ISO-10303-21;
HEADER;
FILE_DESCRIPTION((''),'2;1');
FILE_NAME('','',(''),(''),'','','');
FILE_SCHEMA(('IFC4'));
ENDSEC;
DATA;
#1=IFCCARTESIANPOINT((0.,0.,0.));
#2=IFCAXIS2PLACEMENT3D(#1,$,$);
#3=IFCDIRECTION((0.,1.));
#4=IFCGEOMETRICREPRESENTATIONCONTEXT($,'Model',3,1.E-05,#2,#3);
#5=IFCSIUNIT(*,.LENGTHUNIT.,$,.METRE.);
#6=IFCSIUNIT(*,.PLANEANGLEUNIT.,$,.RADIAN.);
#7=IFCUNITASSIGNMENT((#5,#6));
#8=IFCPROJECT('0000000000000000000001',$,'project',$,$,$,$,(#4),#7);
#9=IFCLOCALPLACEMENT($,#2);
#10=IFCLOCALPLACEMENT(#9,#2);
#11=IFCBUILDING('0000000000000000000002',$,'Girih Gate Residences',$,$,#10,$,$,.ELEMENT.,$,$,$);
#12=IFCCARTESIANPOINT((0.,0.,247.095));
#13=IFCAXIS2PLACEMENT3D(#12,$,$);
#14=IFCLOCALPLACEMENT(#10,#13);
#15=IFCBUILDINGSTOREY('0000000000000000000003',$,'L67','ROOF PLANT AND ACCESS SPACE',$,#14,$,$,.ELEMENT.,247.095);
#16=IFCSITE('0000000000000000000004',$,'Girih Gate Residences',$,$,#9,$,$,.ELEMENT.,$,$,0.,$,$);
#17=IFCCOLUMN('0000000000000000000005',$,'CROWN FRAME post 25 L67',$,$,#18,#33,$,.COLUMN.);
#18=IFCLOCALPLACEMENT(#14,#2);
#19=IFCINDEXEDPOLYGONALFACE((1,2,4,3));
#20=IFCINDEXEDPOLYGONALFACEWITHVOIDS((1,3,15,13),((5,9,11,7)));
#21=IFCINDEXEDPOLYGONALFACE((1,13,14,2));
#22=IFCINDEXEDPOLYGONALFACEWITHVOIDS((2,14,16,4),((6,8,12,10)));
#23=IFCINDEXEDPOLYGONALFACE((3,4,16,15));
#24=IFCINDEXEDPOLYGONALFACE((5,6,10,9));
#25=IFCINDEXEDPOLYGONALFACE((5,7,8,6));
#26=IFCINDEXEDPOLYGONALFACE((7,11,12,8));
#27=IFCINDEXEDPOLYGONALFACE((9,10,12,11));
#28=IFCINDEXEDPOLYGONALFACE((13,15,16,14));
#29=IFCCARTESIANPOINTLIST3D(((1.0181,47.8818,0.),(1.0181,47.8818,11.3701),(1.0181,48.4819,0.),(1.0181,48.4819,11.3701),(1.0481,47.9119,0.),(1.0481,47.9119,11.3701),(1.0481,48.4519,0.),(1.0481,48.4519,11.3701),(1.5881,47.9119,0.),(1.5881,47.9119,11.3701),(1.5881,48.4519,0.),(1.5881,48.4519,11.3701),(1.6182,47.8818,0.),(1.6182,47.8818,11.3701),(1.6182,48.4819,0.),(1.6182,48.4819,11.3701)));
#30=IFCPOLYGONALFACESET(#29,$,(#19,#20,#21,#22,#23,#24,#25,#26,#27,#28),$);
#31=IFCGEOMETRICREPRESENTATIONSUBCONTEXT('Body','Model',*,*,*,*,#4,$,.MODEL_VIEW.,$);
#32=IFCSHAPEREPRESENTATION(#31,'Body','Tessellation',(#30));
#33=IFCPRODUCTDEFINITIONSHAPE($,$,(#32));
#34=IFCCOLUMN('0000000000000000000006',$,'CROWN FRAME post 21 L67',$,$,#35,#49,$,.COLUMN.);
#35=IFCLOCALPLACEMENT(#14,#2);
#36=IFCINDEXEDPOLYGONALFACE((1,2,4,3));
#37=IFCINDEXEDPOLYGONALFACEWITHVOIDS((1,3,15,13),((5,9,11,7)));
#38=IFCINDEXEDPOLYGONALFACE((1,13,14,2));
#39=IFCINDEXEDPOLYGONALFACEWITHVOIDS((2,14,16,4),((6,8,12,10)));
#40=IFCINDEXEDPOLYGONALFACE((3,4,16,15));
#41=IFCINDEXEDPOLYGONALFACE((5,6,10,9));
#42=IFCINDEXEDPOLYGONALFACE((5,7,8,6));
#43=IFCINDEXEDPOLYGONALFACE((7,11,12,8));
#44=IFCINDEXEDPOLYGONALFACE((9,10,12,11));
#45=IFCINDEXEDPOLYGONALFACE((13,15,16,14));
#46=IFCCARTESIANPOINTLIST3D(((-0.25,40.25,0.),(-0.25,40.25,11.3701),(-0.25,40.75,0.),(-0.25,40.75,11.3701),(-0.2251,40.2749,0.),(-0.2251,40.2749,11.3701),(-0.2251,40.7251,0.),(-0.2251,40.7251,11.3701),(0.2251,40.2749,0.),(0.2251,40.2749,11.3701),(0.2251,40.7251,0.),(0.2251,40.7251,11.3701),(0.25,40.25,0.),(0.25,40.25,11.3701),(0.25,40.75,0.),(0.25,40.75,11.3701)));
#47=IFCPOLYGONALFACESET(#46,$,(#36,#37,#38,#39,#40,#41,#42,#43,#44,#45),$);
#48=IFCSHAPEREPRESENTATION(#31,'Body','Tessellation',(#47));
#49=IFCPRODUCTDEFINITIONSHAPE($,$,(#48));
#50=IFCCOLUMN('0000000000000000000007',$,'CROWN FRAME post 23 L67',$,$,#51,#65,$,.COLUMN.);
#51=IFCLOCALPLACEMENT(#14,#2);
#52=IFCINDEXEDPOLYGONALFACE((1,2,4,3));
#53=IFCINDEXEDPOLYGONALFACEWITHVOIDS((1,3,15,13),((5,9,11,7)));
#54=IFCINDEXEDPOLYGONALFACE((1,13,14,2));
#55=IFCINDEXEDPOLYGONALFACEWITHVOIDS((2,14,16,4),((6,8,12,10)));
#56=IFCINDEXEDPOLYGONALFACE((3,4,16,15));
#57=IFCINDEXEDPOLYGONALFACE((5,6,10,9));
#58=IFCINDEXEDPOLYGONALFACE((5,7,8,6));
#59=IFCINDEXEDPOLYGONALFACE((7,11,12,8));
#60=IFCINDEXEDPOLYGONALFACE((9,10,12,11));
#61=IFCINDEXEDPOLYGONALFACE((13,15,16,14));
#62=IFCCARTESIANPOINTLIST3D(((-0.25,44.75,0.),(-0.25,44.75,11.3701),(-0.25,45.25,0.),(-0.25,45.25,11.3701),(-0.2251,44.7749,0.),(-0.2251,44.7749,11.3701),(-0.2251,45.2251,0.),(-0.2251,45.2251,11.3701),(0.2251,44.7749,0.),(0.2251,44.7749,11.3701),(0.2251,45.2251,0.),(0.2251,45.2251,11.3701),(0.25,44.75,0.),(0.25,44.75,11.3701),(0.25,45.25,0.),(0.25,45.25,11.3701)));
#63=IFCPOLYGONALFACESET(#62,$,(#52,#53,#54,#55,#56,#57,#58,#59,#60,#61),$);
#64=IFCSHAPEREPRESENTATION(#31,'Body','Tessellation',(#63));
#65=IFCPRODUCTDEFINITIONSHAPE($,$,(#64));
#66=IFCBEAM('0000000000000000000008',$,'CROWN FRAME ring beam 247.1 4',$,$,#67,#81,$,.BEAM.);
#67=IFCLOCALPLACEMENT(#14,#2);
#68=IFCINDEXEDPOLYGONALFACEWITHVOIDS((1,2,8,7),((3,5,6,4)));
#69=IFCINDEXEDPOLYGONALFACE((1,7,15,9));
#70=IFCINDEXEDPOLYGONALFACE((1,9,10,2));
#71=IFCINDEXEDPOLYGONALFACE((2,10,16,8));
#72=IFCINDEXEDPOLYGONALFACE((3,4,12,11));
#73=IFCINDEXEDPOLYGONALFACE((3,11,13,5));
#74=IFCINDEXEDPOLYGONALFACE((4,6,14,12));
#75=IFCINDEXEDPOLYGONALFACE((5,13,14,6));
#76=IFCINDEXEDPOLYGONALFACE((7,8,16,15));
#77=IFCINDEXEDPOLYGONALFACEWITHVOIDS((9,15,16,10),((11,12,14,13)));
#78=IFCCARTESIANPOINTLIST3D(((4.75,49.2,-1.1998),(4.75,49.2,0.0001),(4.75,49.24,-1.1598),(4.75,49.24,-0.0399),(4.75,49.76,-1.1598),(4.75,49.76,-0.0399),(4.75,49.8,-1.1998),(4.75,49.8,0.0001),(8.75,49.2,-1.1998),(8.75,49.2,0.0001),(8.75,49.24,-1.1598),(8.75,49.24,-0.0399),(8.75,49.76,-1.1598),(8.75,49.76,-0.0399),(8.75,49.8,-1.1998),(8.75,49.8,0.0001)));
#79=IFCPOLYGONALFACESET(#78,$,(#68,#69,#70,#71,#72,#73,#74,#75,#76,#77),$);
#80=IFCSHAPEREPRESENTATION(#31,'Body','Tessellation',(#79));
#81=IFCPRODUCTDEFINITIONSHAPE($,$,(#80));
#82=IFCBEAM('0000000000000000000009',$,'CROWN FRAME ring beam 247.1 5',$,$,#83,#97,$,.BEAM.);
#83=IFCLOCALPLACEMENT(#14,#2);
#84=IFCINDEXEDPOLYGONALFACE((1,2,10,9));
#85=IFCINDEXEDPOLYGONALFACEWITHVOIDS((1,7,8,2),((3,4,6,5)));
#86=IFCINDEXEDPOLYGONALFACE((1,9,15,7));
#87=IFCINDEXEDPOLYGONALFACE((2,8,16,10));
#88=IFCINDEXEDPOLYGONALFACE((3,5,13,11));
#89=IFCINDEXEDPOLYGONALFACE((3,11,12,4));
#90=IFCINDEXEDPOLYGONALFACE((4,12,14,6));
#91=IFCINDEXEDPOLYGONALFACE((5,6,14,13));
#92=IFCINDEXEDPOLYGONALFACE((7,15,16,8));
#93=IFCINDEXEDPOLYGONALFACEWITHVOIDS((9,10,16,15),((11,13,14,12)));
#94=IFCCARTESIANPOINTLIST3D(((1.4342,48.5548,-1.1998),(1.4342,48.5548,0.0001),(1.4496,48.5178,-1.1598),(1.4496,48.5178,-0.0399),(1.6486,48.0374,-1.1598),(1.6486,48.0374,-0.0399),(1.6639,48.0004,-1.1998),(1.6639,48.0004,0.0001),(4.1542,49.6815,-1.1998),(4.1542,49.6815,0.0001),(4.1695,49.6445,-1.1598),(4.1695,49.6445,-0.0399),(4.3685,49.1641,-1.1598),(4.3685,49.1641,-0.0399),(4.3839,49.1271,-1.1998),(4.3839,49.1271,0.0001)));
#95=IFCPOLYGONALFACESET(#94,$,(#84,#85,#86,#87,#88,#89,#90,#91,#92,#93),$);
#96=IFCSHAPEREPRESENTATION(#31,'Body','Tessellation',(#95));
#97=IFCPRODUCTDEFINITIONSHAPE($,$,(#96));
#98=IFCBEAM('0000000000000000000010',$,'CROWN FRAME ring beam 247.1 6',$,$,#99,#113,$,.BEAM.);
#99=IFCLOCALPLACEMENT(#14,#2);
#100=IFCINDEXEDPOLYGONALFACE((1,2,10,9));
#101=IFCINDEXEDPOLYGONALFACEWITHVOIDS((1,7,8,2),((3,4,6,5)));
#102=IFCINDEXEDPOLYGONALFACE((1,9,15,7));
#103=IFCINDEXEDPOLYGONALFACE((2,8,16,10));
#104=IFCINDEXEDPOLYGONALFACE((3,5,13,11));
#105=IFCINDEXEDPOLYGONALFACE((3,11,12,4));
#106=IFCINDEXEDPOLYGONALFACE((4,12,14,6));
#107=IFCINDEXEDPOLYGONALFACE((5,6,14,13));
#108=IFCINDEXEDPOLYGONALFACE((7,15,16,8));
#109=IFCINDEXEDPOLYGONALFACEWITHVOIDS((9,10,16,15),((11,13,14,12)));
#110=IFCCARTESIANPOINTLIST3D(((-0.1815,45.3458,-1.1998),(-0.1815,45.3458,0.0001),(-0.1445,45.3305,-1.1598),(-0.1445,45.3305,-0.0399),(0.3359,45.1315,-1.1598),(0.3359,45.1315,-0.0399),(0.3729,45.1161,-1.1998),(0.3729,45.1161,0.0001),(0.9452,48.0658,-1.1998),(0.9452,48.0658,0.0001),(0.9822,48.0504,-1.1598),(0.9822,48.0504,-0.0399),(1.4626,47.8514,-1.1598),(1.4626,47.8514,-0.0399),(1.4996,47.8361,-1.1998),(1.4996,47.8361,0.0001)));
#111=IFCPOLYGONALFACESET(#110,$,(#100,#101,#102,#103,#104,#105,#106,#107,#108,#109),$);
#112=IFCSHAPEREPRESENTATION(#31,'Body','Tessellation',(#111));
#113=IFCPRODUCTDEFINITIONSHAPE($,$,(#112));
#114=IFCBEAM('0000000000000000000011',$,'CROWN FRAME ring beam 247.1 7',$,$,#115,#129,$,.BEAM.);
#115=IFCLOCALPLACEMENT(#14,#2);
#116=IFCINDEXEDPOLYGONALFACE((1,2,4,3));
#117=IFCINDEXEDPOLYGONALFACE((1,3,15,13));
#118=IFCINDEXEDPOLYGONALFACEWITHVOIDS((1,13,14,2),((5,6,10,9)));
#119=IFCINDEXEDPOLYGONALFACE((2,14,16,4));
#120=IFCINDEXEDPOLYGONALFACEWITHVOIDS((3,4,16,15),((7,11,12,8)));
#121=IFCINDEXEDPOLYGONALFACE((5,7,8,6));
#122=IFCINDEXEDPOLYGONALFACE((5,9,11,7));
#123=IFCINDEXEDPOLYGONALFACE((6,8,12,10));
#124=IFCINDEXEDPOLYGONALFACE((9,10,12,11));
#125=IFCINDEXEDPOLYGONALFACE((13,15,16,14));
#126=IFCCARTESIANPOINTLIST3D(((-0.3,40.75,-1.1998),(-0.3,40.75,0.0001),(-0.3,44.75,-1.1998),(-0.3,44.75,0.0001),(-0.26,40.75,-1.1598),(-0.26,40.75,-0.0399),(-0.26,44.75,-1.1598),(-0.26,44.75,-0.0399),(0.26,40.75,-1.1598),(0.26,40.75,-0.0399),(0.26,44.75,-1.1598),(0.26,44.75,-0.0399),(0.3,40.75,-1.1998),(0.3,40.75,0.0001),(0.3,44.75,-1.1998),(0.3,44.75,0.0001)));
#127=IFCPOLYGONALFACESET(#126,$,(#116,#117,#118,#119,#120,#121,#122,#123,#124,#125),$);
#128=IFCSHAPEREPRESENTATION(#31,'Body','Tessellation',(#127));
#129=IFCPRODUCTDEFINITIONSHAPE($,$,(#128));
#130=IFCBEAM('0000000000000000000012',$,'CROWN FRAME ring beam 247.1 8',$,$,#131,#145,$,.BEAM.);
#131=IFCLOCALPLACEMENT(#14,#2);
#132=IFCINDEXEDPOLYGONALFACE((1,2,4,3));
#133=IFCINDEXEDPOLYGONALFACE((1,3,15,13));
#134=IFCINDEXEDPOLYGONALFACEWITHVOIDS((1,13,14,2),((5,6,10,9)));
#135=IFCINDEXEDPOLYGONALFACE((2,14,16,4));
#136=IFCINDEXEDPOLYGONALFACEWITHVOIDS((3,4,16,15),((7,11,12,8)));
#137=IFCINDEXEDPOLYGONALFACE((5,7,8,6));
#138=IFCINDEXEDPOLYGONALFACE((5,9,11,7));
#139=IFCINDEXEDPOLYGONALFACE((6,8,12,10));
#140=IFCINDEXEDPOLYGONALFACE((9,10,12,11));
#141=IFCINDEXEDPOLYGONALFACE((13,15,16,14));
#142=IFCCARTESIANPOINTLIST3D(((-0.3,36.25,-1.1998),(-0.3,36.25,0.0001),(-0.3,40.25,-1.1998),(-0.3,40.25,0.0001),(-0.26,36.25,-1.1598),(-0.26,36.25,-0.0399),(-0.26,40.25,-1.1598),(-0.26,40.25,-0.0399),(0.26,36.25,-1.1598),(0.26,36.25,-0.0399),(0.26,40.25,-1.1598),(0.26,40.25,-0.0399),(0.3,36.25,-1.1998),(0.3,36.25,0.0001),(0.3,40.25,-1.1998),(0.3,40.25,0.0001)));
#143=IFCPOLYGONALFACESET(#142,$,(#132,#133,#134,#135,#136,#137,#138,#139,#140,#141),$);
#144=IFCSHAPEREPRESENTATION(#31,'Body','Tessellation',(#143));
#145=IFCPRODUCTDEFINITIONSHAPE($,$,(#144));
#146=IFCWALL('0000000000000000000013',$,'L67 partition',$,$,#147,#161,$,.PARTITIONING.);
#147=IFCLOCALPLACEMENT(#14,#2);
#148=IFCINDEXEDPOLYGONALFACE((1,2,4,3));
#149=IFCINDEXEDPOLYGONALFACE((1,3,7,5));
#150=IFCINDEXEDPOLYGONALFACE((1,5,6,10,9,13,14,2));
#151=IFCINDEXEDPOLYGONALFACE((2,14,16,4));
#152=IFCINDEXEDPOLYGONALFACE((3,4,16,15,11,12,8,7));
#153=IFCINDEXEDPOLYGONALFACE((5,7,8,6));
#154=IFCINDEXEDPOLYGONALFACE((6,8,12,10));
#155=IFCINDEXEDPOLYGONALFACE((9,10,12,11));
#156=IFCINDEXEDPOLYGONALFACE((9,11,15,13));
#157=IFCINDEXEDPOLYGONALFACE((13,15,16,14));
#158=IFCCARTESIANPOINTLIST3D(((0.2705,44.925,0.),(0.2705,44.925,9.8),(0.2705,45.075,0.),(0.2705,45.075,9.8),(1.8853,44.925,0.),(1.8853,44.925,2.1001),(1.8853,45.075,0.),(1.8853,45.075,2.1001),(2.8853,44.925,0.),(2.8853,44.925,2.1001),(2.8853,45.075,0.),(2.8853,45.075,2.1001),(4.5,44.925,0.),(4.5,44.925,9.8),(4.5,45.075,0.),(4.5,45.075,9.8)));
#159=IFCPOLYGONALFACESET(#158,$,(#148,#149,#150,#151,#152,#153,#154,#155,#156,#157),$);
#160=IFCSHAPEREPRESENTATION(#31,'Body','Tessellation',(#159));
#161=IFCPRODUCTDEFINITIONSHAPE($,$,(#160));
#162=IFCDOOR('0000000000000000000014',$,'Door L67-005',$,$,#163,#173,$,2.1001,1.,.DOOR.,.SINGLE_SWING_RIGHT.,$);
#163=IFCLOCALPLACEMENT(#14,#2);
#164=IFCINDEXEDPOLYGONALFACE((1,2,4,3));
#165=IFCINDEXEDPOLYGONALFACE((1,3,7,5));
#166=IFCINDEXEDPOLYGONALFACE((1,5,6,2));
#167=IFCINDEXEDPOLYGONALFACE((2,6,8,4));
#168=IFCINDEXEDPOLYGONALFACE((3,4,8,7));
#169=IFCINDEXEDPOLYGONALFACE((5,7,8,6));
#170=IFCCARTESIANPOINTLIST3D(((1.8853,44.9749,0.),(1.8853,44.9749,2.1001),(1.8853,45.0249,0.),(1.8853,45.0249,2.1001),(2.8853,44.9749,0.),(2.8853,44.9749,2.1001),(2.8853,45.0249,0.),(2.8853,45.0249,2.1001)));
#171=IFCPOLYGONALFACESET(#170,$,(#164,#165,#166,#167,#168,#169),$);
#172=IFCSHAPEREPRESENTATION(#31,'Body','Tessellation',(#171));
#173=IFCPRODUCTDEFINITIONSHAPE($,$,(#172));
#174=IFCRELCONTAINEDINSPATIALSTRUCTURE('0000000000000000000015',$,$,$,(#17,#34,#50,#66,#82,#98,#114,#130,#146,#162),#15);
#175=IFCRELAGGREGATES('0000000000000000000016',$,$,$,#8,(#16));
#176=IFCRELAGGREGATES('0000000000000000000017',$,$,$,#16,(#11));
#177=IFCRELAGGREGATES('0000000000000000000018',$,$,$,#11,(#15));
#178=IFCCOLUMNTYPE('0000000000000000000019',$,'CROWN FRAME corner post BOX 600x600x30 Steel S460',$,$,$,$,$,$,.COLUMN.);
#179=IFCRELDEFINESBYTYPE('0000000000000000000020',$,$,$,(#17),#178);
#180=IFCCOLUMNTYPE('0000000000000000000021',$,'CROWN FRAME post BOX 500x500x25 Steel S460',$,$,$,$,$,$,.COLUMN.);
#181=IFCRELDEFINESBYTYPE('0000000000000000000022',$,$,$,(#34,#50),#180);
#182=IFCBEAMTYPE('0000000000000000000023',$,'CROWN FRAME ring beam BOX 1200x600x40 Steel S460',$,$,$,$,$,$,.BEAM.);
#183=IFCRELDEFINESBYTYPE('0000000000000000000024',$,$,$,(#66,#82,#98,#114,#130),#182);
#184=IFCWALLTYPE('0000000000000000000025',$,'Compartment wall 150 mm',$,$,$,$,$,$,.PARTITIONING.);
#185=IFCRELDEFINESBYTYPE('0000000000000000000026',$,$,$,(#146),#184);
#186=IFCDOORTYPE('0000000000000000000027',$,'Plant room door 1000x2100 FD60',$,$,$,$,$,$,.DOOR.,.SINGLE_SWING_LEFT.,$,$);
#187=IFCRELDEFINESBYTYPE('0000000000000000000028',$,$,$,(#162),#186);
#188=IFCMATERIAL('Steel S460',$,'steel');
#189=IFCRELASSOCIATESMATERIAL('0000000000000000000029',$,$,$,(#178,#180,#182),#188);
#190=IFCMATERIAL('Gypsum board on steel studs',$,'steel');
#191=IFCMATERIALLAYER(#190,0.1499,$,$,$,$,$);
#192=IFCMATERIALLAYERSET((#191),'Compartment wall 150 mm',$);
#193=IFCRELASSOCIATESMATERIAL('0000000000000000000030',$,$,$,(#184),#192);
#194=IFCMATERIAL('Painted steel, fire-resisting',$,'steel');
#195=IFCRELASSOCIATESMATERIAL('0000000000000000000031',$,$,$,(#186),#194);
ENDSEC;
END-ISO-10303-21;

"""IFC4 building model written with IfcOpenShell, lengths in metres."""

from ifc_helpers import new_model, si_unit, direction, frame, frame_2d, origin, origin_2d, place, context, subcontext, project, spatial, rectangle, hollow_rectangle, extrude, material, layer, layer_set, material_profile, profile_set, type_object, element, fill, save


model = new_model("IFC4")

# Units and contexts
model_context = context("Model", 3, precision=1e-05, world=origin(), true_north=direction((0.0, 1.0)))
body_context = subcontext(model_context, "Body", "Model", "MODEL_VIEW")
ifc_project = project(units=[si_unit("LENGTHUNIT", "METRE"), si_unit("PLANEANGLEUNIT", "RADIAN")], contexts=[model_context])

# Site, building, storey
site_placement = place(None, origin())
site = spatial("IfcSite", under=ifc_project, at=site_placement, Name="Girih Gate Residences", CompositionType="ELEMENT", RefElevation=0.0)
building_placement = place(site_placement, origin())
building = spatial("IfcBuilding", under=site, at=building_placement, Name="Girih Gate Residences", CompositionType="ELEMENT")
storey_placement = place(building_placement, frame((0.0, 0.0, 247.095)))
storey = spatial("IfcBuildingStorey", under=building, at=storey_placement, Name="L67", Description="ROOF PLANT AND ACCESS SPACE", CompositionType="ELEMENT", Elevation=247.095)

# Columns
ifc_material_1 = material(Name="Steel S460", Category="steel")
ifc_material_profile_1 = material_profile(ifc_material_1, hollow_rectangle(XDim=0.6001, YDim=0.6001, WallThickness=0.03, at=origin_2d()))
ifc_profile_set_1 = profile_set([ifc_material_profile_1], Name="Steel S460")
column_type_1 = type_object("IfcColumnType", Name="CROWN FRAME corner post BOX 600x600x30 Steel S460", PredefinedType="COLUMN", material=ifc_profile_set_1)
column_placement = place(storey_placement, frame((1.3181, 48.1819, 0.0), z_axis=(0.0, 0.0, 1.0), x_axis=(1.0, 0.0, 0.0)))
element("IfcColumn", 1, at=column_placement, inside=storey, type_object=column_type_1, Name="CROWN FRAME post 25 L67", PredefinedType="COLUMN", context=body_context, shape_type="SweptSolid", body=[
    extrude(hollow_rectangle(XDim=0.6001, YDim=0.6001, WallThickness=0.03, at=origin_2d()), origin(), (0.0, 0.0, 1.0), 11.3701),
])
ifc_material_profile_2 = material_profile(ifc_material_1, hollow_rectangle(XDim=0.5, YDim=0.5, WallThickness=0.0249, at=origin_2d()))
ifc_profile_set_2 = profile_set([ifc_material_profile_2], Name="Steel S460")
column_type_2 = type_object("IfcColumnType", Name="CROWN FRAME post BOX 500x500x25 Steel S460", PredefinedType="COLUMN", material=ifc_profile_set_2)
for number, where, z_axis, x_axis, name in (
    (2, (0.0, 40.5, 0.0), (0.0, 0.0, 1.0), (1.0, 0.0, 0.0), "CROWN FRAME post 21 L67"),
    (3, (0.0, 45.0, 0.0), (0.0, 0.0, 1.0), (1.0, 0.0, 0.0), "CROWN FRAME post 23 L67"),
):
    element("IfcColumn", number, at=place(storey_placement, frame(where, z_axis=z_axis, x_axis=x_axis)), inside=storey, type_object=column_type_2, Name=name, PredefinedType="COLUMN", context=body_context, shape_type="SweptSolid", body=[
        extrude(hollow_rectangle(XDim=0.5, YDim=0.5, WallThickness=0.0249, at=origin_2d()), origin(), (0.0, 0.0, 1.0), 11.3701),
    ])

# Beams
ifc_material_profile_3 = material_profile(ifc_material_1, hollow_rectangle(XDim=0.6001, YDim=1.2, WallThickness=0.04, at=origin_2d()))
ifc_profile_set_3 = profile_set([ifc_material_profile_3], Name="Steel S460")
beam_type = type_object("IfcBeamType", Name="CROWN FRAME ring beam BOX 1200x600x40 Steel S460", PredefinedType="BEAM", material=ifc_profile_set_3)
beam_placement = place(storey_placement, frame((8.75, 49.5, -0.5999), z_axis=(-1.0, 0.0, 0.0), x_axis=(0.0, -1.0, 0.0)))
element("IfcBeam", 4, at=beam_placement, inside=storey, type_object=beam_type, Name="CROWN FRAME ring beam 247.1 4", PredefinedType="BEAM", context=body_context, shape_type="SweptSolid", body=[
    extrude(hollow_rectangle(XDim=0.6001, YDim=1.2, WallThickness=0.04, at=origin_2d()), origin(), (0.0, 0.0, 1.0), 4.0),
])
for number, where, z_axis, x_axis, name in (
    (5, (4.269, 49.4043, -0.5999), (-0.923872, -0.382701, 0.0), (0.382701, -0.923872, 0.0), "CROWN FRAME ring beam 247.1 5"),
    (6, (1.2224, 47.9509, -0.5999), (-0.382701, -0.923872, 0.0), (0.923872, -0.382701, 0.0), "CROWN FRAME ring beam 247.1 6"),
):
    element("IfcBeam", number, at=place(storey_placement, frame(where, z_axis=z_axis, x_axis=x_axis)), inside=storey, type_object=beam_type, Name=name, PredefinedType="BEAM", context=body_context, shape_type="SweptSolid", body=[
        extrude(hollow_rectangle(XDim=0.6001, YDim=1.2, WallThickness=0.04, at=origin_2d()), origin(), (0.0, 0.0, 1.0), 2.9441),
    ])
for number, where, z_axis, x_axis, name in (
    (7, (0.0, 44.75, -0.5999), (0.0, -1.0, 0.0), (1.0, 0.0, 0.0), "CROWN FRAME ring beam 247.1 7"),
    (8, (0.0, 40.25, -0.5999), (0.0, -1.0, 0.0), (1.0, 0.0, 0.0), "CROWN FRAME ring beam 247.1 8"),
):
    element("IfcBeam", number, at=place(storey_placement, frame(where, z_axis=z_axis, x_axis=x_axis)), inside=storey, type_object=beam_type, Name=name, PredefinedType="BEAM", context=body_context, shape_type="SweptSolid", body=[
        extrude(hollow_rectangle(XDim=0.6001, YDim=1.2, WallThickness=0.04, at=origin_2d()), origin(), (0.0, 0.0, 1.0), 4.0),
    ])

# Wall, opening, door
ifc_material_2 = material(Name="Gypsum board on steel studs", Category="steel")
ifc_layer_1 = layer(ifc_material_2, 0.1499)
ifc_layer_set_1 = layer_set([ifc_layer_1], Name="Compartment wall 150 mm")
wall_type_1 = type_object("IfcWallType", Name="Compartment wall 150 mm", PredefinedType="PARTITIONING", material=ifc_layer_set_1)
wall_1_placement = place(storey_placement, frame((0.2705, 45.0, 0.0), z_axis=(0.0, 0.0, 1.0), x_axis=(1.0, 0.0, 0.0)))
wall_1 = element("IfcWall", 9, at=wall_1_placement, inside=storey, type_object=wall_type_1, Name="L67 partition", PredefinedType="PARTITIONING", context=body_context, shape_type="SweptSolid", body=[
    extrude(rectangle(XDim=4.2295, YDim=0.1499, at=frame_2d((2.1147, 0.0))), origin(), (0.0, 0.0, 1.0), 9.8),
])
opening_1_placement = place(wall_1_placement, frame((1.6147, 0.0, 0.0)))
opening_1 = element("IfcOpeningElement", 10, at=opening_1_placement, cuts=wall_1, PredefinedType="OPENING", context=body_context, shape_type="SweptSolid", body=[
    extrude(rectangle(XDim=1.0, YDim=2.1001, at=frame_2d((0.5, 1.05))), frame((0.0, 0.085, 0.0), z_axis=(0.0, -1.0, 0.0), x_axis=(1.0, 0.0, 0.0)), (0.0, 0.0, 1.0), 0.1699),
])
ifc_material_3 = material(Name="Painted steel, fire-resisting", Category="steel")
door_type = type_object("IfcDoorType", Name="Plant room door 1000x2100 FD60", OperationType="SINGLE_SWING_LEFT", PredefinedType="DOOR", material=ifc_material_3)
door_1_placement = place(opening_1_placement, origin())
door_1 = element("IfcDoor", 11, at=door_1_placement, inside=storey, type_object=door_type, Name="Door L67-005", OperationType="SINGLE_SWING_RIGHT", OverallHeight=2.1001, OverallWidth=1.0, PredefinedType="DOOR", context=body_context, shape_type="SweptSolid", body=[
    extrude(rectangle(XDim=1.0, YDim=2.1001, at=frame_2d((0.5, 1.05))), frame((0.0, 0.0249, 0.0), z_axis=(0.0, -1.0, 0.0), x_axis=(1.0, 0.0, 0.0)), (0.0, 0.0, 1.0), 0.05),
])
fill(opening_1, door_1)

save(model, "model.ifc")
